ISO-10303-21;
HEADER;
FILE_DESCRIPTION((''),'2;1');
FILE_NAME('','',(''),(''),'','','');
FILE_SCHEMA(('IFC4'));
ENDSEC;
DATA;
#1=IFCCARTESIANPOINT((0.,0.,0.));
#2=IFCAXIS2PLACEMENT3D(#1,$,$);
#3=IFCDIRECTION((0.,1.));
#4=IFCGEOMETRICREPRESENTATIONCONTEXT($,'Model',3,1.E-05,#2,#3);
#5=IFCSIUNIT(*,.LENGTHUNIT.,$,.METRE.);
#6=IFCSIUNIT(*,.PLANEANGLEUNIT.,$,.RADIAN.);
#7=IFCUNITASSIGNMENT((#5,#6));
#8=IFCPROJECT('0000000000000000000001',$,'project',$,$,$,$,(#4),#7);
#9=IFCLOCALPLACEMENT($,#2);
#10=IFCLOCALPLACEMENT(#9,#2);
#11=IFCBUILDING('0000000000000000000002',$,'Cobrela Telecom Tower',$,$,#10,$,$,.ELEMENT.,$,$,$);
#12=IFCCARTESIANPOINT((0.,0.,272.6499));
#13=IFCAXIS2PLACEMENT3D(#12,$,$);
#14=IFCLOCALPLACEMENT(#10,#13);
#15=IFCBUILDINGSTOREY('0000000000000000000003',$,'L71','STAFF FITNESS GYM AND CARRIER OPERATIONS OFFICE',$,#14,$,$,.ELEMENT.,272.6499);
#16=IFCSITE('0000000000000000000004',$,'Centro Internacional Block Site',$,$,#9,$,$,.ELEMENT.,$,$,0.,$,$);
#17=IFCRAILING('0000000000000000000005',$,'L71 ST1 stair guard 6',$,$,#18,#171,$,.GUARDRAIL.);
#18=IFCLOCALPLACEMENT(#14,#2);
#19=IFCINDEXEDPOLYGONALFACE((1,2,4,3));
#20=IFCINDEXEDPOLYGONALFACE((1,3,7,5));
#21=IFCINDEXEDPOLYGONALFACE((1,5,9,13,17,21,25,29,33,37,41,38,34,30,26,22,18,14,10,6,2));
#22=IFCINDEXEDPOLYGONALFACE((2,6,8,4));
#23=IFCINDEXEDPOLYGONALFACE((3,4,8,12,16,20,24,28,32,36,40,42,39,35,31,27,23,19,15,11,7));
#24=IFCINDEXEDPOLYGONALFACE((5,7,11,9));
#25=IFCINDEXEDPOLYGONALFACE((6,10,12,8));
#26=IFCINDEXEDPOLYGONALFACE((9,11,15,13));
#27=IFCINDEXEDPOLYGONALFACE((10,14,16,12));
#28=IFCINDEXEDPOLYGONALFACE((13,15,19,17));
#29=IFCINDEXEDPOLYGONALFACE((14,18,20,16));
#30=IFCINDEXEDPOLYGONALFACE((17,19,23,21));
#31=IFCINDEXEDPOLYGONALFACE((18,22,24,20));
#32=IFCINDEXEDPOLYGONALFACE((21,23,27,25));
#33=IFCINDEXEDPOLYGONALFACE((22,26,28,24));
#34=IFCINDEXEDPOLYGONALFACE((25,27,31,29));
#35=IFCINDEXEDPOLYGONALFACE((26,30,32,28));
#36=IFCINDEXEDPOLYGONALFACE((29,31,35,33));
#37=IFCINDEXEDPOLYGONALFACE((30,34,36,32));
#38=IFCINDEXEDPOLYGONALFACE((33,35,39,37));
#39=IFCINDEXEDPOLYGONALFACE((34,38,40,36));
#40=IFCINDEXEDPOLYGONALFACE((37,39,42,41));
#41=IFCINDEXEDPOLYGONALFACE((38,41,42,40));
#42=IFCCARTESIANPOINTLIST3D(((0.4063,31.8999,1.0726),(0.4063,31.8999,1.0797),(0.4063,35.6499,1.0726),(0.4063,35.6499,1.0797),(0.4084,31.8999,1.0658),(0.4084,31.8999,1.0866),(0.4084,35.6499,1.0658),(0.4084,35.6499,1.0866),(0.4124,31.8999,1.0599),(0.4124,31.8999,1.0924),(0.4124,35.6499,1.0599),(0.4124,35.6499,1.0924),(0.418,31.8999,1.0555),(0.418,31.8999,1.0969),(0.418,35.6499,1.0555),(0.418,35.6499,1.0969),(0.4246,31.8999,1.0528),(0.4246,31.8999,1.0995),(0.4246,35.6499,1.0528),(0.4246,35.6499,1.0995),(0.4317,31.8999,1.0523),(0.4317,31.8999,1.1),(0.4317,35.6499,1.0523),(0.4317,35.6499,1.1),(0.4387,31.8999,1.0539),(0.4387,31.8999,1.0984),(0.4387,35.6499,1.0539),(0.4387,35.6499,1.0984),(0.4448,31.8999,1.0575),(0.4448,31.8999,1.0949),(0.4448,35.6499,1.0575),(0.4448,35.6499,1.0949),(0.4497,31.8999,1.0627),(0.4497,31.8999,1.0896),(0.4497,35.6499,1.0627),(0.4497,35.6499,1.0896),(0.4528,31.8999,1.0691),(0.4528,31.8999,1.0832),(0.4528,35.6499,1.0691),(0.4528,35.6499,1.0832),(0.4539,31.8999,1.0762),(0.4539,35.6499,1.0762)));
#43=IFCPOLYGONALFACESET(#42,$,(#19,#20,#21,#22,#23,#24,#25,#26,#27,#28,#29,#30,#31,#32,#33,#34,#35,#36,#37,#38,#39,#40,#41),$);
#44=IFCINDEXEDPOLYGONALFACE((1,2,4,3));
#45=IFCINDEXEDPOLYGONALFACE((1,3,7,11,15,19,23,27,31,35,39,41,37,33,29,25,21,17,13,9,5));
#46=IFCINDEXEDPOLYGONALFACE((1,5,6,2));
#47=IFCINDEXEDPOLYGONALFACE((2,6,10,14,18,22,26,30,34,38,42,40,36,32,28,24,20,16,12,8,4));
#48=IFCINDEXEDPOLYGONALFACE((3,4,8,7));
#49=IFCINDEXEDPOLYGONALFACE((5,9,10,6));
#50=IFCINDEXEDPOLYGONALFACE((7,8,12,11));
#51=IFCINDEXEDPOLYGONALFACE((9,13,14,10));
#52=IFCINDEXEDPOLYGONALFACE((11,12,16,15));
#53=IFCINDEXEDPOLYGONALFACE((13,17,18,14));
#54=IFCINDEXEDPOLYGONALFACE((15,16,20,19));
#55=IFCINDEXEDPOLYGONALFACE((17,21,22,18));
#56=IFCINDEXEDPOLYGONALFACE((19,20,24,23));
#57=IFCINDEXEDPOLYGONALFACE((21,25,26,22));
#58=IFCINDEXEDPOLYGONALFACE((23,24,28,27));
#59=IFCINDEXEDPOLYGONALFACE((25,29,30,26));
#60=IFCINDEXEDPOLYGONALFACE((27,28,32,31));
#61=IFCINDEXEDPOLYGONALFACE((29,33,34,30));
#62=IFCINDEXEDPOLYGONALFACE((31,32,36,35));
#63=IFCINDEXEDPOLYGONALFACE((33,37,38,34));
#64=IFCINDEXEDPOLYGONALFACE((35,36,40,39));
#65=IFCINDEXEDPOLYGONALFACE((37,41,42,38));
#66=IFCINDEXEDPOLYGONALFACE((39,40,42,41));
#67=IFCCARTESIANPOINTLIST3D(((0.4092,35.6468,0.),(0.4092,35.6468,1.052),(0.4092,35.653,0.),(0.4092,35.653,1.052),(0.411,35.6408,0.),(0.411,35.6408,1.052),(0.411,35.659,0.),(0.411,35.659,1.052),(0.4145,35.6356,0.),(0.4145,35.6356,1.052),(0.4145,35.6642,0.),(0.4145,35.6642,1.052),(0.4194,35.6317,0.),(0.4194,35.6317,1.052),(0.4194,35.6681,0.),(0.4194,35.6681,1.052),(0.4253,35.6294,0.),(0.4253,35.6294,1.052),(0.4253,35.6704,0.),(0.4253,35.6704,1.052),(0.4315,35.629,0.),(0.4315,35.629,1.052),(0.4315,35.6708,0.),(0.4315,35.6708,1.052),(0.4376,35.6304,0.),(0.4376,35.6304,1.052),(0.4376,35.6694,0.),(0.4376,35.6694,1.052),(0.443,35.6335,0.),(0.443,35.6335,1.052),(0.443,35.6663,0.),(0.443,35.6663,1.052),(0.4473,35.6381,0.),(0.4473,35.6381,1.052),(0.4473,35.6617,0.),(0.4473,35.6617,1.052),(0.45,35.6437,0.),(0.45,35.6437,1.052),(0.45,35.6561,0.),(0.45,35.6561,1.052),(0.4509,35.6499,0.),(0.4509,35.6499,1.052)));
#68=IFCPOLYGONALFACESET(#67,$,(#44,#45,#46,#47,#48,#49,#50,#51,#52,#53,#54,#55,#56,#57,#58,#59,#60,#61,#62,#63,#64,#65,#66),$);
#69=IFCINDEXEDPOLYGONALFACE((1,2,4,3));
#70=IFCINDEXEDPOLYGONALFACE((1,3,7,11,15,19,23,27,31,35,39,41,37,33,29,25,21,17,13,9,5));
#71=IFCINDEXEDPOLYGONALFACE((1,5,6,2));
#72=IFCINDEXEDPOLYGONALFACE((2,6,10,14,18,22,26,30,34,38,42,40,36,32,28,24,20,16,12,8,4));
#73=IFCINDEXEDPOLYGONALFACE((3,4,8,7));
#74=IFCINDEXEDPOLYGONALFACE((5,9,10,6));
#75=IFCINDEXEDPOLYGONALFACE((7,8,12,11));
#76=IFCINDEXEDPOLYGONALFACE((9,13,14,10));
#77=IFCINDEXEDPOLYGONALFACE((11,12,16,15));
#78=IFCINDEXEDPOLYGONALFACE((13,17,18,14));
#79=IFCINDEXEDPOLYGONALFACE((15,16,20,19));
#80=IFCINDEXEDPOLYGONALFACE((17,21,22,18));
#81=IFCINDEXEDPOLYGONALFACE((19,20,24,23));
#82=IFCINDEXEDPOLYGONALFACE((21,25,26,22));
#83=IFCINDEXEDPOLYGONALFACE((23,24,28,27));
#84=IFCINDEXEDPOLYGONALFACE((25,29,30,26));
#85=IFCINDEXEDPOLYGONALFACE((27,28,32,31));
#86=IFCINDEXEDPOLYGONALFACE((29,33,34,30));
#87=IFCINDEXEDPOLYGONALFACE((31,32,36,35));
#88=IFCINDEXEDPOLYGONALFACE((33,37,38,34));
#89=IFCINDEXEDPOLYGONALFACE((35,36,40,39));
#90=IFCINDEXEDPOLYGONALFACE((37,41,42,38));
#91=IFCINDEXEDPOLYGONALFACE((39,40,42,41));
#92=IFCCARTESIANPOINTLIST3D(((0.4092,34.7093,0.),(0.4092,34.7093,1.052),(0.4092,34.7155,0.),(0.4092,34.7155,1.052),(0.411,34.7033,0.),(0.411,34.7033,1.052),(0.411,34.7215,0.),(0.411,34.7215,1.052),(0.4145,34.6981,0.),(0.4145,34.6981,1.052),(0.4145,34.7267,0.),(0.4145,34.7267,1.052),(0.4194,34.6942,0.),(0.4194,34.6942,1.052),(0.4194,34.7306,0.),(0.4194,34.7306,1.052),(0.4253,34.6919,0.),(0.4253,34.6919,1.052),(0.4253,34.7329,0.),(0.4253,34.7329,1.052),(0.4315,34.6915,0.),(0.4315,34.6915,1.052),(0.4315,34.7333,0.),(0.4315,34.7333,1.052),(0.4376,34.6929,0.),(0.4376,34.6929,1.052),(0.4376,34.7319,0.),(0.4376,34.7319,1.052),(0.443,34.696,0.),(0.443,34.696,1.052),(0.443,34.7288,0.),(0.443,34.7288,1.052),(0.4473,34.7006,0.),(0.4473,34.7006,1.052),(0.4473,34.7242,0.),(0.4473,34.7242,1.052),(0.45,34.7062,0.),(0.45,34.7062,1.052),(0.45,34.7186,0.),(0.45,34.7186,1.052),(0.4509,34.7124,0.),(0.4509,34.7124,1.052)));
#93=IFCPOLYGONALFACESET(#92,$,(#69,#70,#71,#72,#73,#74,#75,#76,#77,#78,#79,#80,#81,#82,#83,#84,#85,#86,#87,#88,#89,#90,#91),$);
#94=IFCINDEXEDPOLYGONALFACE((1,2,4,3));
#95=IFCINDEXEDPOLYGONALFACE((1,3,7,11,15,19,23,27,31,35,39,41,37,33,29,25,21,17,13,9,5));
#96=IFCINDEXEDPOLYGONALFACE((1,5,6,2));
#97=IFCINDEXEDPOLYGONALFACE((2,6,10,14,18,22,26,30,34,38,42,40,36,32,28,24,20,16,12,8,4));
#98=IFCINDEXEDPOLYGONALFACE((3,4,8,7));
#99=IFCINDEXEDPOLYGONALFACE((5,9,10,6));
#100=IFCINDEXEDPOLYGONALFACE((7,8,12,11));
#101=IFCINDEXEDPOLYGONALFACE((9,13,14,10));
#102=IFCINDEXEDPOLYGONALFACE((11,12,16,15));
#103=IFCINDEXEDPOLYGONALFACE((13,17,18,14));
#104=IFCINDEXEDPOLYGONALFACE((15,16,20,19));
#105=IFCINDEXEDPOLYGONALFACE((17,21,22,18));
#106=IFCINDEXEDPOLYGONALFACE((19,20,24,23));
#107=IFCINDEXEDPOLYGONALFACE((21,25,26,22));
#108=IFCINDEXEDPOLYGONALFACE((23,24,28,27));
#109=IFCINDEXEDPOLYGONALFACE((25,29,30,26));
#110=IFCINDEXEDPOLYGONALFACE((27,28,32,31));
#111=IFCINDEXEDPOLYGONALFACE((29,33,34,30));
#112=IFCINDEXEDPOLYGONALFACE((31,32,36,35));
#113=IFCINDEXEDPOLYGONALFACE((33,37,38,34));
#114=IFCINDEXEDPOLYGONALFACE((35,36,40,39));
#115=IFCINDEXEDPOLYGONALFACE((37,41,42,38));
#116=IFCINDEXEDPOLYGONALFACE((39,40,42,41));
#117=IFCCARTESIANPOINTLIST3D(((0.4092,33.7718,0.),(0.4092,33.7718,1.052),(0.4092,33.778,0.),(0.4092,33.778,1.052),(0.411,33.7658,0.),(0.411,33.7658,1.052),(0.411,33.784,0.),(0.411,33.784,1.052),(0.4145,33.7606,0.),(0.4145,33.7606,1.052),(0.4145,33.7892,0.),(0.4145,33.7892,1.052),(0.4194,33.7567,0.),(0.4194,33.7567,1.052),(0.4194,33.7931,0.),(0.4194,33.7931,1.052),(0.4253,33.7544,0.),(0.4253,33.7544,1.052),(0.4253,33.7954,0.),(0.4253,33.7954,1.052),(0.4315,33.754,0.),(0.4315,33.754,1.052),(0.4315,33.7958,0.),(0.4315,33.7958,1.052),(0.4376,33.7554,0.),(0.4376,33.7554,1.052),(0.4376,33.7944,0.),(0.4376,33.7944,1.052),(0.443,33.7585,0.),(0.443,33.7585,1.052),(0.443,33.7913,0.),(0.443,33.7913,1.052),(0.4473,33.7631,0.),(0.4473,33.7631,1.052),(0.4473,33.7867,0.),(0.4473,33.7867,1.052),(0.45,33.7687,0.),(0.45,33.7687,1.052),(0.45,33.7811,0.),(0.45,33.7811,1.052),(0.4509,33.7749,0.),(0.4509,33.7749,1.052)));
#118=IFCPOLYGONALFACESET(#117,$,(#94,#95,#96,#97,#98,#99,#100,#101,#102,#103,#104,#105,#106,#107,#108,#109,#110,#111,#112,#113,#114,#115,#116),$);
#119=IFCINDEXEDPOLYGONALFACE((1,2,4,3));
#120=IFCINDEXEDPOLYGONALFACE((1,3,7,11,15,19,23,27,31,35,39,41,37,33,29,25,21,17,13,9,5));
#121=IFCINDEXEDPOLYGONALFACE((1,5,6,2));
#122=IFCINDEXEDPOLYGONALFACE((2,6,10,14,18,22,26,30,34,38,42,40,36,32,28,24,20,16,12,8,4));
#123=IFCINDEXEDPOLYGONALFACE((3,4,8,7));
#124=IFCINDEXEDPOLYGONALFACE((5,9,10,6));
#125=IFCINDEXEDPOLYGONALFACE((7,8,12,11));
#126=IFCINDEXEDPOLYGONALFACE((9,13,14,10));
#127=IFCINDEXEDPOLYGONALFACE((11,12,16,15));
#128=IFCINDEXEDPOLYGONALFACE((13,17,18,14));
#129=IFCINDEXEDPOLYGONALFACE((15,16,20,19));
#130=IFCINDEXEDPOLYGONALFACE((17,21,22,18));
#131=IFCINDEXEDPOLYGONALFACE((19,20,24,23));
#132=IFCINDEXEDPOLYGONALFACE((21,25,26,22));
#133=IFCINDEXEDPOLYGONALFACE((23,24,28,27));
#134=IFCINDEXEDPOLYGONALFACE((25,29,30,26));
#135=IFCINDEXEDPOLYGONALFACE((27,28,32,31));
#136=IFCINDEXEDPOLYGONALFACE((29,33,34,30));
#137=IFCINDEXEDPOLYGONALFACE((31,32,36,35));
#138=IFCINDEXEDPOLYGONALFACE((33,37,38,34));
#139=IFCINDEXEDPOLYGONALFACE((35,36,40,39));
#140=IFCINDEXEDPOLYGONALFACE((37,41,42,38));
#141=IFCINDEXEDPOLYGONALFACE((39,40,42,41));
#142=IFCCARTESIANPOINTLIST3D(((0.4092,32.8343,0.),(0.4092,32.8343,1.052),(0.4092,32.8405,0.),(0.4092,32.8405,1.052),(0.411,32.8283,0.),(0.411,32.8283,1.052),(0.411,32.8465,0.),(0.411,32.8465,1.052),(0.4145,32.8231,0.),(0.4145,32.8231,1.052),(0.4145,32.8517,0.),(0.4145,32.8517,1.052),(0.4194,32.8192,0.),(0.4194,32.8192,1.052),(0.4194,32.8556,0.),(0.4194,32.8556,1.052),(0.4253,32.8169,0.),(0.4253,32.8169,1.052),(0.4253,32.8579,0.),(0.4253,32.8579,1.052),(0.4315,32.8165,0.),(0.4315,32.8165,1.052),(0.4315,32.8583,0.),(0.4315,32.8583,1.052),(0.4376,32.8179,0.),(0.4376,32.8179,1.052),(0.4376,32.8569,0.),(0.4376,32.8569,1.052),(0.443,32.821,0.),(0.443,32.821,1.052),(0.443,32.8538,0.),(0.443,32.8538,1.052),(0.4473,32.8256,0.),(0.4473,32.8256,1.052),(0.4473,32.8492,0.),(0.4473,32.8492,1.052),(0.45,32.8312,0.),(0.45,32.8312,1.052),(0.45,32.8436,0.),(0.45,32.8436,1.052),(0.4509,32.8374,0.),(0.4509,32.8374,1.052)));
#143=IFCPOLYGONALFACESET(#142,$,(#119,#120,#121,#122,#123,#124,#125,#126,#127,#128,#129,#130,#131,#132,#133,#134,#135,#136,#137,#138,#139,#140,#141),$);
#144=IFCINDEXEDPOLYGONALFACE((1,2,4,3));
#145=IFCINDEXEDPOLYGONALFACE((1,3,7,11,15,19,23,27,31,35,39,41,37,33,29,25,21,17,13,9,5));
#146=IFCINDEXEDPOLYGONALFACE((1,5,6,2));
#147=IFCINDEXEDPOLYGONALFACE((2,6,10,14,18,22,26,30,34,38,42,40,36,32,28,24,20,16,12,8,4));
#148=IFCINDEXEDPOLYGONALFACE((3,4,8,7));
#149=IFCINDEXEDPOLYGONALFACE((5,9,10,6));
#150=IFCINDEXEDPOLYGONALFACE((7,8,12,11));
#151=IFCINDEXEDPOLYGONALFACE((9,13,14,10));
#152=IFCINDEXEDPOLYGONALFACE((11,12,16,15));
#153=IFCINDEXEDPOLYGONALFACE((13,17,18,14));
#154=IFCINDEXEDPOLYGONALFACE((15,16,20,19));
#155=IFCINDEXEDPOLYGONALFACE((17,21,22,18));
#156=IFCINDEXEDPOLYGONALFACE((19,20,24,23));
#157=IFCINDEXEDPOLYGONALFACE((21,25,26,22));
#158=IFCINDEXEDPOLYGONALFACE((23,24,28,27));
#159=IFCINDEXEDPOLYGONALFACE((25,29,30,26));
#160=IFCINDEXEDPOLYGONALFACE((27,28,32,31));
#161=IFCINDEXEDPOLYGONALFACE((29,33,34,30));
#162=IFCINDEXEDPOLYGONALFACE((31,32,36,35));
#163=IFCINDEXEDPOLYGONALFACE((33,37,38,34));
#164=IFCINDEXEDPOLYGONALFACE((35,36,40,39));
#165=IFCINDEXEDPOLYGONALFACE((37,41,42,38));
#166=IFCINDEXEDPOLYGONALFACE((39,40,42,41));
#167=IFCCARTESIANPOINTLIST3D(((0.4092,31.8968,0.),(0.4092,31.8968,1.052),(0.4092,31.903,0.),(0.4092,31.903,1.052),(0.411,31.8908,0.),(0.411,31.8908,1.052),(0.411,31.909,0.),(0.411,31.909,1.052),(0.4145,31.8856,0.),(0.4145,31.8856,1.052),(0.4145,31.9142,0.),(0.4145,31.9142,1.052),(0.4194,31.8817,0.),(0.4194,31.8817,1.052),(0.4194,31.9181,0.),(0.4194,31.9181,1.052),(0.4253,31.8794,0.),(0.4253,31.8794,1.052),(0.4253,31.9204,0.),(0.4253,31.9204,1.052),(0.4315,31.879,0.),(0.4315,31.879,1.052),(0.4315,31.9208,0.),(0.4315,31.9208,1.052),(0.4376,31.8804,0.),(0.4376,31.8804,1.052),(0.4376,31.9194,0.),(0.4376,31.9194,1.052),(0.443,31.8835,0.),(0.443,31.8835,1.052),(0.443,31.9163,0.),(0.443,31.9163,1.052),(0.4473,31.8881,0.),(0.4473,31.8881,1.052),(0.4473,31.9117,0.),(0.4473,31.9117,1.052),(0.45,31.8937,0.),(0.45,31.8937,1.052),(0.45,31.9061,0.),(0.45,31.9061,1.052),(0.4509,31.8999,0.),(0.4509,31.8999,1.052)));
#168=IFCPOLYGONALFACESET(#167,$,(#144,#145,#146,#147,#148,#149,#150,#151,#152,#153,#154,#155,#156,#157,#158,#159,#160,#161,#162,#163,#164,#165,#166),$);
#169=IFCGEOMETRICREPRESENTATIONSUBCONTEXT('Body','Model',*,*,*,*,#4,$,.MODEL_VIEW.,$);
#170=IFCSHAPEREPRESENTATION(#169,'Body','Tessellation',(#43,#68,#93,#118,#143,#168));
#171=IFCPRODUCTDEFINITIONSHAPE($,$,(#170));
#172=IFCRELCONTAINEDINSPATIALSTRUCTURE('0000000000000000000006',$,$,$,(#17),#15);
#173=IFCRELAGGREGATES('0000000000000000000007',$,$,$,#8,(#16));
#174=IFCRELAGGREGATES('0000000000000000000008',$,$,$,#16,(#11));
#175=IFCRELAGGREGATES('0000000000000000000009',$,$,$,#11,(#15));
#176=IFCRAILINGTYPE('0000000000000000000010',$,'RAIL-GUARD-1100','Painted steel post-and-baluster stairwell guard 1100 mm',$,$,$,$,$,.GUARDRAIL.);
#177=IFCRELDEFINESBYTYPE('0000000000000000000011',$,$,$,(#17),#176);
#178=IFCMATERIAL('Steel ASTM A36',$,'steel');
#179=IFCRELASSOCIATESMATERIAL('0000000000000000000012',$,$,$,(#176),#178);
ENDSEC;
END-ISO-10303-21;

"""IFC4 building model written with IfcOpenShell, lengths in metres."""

from ifc_helpers import new_model, si_unit, direction, frame, origin, origin_2d, place, context, subcontext, project, spatial, circle, extrude, material, type_object, element, save


model = new_model("IFC4")

# Units and contexts
model_context = context("Model", 3, precision=1e-05, world=origin(), true_north=direction((0.0, 1.0)))
body_context = subcontext(model_context, "Body", "Model", "MODEL_VIEW")
ifc_project = project(units=[si_unit("LENGTHUNIT", "METRE"), si_unit("PLANEANGLEUNIT", "RADIAN")], contexts=[model_context])

# Site, building, storey
site_placement = place(None, origin())
site = spatial("IfcSite", under=ifc_project, at=site_placement, Name="Centro Internacional Block Site", CompositionType="ELEMENT", RefElevation=0.0)
building_placement = place(site_placement, origin())
building = spatial("IfcBuilding", under=site, at=building_placement, Name="Cobrela Telecom Tower", CompositionType="ELEMENT")
storey_placement = place(building_placement, frame((0.0, 0.0, 272.6499)))
storey = spatial("IfcBuildingStorey", under=building, at=storey_placement, Name="L71", Description="STAFF FITNESS GYM AND CARRIER OPERATIONS OFFICE", CompositionType="ELEMENT", Elevation=272.6499)

# Shared definitions
ifc_material_1 = material(Name="Steel ASTM A36", Category="steel")

# Railing
railing_type_1 = type_object("IfcRailingType", Name="RAIL-GUARD-1100", Description="Painted steel post-and-baluster stairwell guard 1100 mm", PredefinedType="GUARDRAIL", material=ifc_material_1)
railing_1_placement = place(storey_placement, frame((0.4299, 35.6499, 0.0)))
element("IfcRailing", 1, at=railing_1_placement, inside=storey, type_object=railing_type_1, Name="L71 ST1 stair guard 6", PredefinedType="GUARDRAIL", context=body_context, shape_type="SweptSolid", body=[
    extrude(circle(Radius=0.0239, at=origin_2d()), frame((0.0, 0.0, 1.0762), z_axis=(0.0, -1.0, 0.0), x_axis=(1.0, 0.0, 0.0)), (0.0, 0.0, 1.0), 3.75),
    extrude(circle(Radius=0.021, at=origin_2d()), origin(), (0.0, 0.0, 1.0), 1.052),
    extrude(circle(Radius=0.021, at=origin_2d()), frame((0.0, -0.9375, 0.0)), (0.0, 0.0, 1.0), 1.052),
    extrude(circle(Radius=0.021, at=origin_2d()), frame((0.0, -1.875, 0.0)), (0.0, 0.0, 1.0), 1.052),
    extrude(circle(Radius=0.021, at=origin_2d()), frame((0.0, -2.8125, 0.0)), (0.0, 0.0, 1.0), 1.052),
    extrude(circle(Radius=0.021, at=origin_2d()), frame((0.0, -3.75, 0.0)), (0.0, 0.0, 1.0), 1.052),
])

save(model, "model.ifc")
